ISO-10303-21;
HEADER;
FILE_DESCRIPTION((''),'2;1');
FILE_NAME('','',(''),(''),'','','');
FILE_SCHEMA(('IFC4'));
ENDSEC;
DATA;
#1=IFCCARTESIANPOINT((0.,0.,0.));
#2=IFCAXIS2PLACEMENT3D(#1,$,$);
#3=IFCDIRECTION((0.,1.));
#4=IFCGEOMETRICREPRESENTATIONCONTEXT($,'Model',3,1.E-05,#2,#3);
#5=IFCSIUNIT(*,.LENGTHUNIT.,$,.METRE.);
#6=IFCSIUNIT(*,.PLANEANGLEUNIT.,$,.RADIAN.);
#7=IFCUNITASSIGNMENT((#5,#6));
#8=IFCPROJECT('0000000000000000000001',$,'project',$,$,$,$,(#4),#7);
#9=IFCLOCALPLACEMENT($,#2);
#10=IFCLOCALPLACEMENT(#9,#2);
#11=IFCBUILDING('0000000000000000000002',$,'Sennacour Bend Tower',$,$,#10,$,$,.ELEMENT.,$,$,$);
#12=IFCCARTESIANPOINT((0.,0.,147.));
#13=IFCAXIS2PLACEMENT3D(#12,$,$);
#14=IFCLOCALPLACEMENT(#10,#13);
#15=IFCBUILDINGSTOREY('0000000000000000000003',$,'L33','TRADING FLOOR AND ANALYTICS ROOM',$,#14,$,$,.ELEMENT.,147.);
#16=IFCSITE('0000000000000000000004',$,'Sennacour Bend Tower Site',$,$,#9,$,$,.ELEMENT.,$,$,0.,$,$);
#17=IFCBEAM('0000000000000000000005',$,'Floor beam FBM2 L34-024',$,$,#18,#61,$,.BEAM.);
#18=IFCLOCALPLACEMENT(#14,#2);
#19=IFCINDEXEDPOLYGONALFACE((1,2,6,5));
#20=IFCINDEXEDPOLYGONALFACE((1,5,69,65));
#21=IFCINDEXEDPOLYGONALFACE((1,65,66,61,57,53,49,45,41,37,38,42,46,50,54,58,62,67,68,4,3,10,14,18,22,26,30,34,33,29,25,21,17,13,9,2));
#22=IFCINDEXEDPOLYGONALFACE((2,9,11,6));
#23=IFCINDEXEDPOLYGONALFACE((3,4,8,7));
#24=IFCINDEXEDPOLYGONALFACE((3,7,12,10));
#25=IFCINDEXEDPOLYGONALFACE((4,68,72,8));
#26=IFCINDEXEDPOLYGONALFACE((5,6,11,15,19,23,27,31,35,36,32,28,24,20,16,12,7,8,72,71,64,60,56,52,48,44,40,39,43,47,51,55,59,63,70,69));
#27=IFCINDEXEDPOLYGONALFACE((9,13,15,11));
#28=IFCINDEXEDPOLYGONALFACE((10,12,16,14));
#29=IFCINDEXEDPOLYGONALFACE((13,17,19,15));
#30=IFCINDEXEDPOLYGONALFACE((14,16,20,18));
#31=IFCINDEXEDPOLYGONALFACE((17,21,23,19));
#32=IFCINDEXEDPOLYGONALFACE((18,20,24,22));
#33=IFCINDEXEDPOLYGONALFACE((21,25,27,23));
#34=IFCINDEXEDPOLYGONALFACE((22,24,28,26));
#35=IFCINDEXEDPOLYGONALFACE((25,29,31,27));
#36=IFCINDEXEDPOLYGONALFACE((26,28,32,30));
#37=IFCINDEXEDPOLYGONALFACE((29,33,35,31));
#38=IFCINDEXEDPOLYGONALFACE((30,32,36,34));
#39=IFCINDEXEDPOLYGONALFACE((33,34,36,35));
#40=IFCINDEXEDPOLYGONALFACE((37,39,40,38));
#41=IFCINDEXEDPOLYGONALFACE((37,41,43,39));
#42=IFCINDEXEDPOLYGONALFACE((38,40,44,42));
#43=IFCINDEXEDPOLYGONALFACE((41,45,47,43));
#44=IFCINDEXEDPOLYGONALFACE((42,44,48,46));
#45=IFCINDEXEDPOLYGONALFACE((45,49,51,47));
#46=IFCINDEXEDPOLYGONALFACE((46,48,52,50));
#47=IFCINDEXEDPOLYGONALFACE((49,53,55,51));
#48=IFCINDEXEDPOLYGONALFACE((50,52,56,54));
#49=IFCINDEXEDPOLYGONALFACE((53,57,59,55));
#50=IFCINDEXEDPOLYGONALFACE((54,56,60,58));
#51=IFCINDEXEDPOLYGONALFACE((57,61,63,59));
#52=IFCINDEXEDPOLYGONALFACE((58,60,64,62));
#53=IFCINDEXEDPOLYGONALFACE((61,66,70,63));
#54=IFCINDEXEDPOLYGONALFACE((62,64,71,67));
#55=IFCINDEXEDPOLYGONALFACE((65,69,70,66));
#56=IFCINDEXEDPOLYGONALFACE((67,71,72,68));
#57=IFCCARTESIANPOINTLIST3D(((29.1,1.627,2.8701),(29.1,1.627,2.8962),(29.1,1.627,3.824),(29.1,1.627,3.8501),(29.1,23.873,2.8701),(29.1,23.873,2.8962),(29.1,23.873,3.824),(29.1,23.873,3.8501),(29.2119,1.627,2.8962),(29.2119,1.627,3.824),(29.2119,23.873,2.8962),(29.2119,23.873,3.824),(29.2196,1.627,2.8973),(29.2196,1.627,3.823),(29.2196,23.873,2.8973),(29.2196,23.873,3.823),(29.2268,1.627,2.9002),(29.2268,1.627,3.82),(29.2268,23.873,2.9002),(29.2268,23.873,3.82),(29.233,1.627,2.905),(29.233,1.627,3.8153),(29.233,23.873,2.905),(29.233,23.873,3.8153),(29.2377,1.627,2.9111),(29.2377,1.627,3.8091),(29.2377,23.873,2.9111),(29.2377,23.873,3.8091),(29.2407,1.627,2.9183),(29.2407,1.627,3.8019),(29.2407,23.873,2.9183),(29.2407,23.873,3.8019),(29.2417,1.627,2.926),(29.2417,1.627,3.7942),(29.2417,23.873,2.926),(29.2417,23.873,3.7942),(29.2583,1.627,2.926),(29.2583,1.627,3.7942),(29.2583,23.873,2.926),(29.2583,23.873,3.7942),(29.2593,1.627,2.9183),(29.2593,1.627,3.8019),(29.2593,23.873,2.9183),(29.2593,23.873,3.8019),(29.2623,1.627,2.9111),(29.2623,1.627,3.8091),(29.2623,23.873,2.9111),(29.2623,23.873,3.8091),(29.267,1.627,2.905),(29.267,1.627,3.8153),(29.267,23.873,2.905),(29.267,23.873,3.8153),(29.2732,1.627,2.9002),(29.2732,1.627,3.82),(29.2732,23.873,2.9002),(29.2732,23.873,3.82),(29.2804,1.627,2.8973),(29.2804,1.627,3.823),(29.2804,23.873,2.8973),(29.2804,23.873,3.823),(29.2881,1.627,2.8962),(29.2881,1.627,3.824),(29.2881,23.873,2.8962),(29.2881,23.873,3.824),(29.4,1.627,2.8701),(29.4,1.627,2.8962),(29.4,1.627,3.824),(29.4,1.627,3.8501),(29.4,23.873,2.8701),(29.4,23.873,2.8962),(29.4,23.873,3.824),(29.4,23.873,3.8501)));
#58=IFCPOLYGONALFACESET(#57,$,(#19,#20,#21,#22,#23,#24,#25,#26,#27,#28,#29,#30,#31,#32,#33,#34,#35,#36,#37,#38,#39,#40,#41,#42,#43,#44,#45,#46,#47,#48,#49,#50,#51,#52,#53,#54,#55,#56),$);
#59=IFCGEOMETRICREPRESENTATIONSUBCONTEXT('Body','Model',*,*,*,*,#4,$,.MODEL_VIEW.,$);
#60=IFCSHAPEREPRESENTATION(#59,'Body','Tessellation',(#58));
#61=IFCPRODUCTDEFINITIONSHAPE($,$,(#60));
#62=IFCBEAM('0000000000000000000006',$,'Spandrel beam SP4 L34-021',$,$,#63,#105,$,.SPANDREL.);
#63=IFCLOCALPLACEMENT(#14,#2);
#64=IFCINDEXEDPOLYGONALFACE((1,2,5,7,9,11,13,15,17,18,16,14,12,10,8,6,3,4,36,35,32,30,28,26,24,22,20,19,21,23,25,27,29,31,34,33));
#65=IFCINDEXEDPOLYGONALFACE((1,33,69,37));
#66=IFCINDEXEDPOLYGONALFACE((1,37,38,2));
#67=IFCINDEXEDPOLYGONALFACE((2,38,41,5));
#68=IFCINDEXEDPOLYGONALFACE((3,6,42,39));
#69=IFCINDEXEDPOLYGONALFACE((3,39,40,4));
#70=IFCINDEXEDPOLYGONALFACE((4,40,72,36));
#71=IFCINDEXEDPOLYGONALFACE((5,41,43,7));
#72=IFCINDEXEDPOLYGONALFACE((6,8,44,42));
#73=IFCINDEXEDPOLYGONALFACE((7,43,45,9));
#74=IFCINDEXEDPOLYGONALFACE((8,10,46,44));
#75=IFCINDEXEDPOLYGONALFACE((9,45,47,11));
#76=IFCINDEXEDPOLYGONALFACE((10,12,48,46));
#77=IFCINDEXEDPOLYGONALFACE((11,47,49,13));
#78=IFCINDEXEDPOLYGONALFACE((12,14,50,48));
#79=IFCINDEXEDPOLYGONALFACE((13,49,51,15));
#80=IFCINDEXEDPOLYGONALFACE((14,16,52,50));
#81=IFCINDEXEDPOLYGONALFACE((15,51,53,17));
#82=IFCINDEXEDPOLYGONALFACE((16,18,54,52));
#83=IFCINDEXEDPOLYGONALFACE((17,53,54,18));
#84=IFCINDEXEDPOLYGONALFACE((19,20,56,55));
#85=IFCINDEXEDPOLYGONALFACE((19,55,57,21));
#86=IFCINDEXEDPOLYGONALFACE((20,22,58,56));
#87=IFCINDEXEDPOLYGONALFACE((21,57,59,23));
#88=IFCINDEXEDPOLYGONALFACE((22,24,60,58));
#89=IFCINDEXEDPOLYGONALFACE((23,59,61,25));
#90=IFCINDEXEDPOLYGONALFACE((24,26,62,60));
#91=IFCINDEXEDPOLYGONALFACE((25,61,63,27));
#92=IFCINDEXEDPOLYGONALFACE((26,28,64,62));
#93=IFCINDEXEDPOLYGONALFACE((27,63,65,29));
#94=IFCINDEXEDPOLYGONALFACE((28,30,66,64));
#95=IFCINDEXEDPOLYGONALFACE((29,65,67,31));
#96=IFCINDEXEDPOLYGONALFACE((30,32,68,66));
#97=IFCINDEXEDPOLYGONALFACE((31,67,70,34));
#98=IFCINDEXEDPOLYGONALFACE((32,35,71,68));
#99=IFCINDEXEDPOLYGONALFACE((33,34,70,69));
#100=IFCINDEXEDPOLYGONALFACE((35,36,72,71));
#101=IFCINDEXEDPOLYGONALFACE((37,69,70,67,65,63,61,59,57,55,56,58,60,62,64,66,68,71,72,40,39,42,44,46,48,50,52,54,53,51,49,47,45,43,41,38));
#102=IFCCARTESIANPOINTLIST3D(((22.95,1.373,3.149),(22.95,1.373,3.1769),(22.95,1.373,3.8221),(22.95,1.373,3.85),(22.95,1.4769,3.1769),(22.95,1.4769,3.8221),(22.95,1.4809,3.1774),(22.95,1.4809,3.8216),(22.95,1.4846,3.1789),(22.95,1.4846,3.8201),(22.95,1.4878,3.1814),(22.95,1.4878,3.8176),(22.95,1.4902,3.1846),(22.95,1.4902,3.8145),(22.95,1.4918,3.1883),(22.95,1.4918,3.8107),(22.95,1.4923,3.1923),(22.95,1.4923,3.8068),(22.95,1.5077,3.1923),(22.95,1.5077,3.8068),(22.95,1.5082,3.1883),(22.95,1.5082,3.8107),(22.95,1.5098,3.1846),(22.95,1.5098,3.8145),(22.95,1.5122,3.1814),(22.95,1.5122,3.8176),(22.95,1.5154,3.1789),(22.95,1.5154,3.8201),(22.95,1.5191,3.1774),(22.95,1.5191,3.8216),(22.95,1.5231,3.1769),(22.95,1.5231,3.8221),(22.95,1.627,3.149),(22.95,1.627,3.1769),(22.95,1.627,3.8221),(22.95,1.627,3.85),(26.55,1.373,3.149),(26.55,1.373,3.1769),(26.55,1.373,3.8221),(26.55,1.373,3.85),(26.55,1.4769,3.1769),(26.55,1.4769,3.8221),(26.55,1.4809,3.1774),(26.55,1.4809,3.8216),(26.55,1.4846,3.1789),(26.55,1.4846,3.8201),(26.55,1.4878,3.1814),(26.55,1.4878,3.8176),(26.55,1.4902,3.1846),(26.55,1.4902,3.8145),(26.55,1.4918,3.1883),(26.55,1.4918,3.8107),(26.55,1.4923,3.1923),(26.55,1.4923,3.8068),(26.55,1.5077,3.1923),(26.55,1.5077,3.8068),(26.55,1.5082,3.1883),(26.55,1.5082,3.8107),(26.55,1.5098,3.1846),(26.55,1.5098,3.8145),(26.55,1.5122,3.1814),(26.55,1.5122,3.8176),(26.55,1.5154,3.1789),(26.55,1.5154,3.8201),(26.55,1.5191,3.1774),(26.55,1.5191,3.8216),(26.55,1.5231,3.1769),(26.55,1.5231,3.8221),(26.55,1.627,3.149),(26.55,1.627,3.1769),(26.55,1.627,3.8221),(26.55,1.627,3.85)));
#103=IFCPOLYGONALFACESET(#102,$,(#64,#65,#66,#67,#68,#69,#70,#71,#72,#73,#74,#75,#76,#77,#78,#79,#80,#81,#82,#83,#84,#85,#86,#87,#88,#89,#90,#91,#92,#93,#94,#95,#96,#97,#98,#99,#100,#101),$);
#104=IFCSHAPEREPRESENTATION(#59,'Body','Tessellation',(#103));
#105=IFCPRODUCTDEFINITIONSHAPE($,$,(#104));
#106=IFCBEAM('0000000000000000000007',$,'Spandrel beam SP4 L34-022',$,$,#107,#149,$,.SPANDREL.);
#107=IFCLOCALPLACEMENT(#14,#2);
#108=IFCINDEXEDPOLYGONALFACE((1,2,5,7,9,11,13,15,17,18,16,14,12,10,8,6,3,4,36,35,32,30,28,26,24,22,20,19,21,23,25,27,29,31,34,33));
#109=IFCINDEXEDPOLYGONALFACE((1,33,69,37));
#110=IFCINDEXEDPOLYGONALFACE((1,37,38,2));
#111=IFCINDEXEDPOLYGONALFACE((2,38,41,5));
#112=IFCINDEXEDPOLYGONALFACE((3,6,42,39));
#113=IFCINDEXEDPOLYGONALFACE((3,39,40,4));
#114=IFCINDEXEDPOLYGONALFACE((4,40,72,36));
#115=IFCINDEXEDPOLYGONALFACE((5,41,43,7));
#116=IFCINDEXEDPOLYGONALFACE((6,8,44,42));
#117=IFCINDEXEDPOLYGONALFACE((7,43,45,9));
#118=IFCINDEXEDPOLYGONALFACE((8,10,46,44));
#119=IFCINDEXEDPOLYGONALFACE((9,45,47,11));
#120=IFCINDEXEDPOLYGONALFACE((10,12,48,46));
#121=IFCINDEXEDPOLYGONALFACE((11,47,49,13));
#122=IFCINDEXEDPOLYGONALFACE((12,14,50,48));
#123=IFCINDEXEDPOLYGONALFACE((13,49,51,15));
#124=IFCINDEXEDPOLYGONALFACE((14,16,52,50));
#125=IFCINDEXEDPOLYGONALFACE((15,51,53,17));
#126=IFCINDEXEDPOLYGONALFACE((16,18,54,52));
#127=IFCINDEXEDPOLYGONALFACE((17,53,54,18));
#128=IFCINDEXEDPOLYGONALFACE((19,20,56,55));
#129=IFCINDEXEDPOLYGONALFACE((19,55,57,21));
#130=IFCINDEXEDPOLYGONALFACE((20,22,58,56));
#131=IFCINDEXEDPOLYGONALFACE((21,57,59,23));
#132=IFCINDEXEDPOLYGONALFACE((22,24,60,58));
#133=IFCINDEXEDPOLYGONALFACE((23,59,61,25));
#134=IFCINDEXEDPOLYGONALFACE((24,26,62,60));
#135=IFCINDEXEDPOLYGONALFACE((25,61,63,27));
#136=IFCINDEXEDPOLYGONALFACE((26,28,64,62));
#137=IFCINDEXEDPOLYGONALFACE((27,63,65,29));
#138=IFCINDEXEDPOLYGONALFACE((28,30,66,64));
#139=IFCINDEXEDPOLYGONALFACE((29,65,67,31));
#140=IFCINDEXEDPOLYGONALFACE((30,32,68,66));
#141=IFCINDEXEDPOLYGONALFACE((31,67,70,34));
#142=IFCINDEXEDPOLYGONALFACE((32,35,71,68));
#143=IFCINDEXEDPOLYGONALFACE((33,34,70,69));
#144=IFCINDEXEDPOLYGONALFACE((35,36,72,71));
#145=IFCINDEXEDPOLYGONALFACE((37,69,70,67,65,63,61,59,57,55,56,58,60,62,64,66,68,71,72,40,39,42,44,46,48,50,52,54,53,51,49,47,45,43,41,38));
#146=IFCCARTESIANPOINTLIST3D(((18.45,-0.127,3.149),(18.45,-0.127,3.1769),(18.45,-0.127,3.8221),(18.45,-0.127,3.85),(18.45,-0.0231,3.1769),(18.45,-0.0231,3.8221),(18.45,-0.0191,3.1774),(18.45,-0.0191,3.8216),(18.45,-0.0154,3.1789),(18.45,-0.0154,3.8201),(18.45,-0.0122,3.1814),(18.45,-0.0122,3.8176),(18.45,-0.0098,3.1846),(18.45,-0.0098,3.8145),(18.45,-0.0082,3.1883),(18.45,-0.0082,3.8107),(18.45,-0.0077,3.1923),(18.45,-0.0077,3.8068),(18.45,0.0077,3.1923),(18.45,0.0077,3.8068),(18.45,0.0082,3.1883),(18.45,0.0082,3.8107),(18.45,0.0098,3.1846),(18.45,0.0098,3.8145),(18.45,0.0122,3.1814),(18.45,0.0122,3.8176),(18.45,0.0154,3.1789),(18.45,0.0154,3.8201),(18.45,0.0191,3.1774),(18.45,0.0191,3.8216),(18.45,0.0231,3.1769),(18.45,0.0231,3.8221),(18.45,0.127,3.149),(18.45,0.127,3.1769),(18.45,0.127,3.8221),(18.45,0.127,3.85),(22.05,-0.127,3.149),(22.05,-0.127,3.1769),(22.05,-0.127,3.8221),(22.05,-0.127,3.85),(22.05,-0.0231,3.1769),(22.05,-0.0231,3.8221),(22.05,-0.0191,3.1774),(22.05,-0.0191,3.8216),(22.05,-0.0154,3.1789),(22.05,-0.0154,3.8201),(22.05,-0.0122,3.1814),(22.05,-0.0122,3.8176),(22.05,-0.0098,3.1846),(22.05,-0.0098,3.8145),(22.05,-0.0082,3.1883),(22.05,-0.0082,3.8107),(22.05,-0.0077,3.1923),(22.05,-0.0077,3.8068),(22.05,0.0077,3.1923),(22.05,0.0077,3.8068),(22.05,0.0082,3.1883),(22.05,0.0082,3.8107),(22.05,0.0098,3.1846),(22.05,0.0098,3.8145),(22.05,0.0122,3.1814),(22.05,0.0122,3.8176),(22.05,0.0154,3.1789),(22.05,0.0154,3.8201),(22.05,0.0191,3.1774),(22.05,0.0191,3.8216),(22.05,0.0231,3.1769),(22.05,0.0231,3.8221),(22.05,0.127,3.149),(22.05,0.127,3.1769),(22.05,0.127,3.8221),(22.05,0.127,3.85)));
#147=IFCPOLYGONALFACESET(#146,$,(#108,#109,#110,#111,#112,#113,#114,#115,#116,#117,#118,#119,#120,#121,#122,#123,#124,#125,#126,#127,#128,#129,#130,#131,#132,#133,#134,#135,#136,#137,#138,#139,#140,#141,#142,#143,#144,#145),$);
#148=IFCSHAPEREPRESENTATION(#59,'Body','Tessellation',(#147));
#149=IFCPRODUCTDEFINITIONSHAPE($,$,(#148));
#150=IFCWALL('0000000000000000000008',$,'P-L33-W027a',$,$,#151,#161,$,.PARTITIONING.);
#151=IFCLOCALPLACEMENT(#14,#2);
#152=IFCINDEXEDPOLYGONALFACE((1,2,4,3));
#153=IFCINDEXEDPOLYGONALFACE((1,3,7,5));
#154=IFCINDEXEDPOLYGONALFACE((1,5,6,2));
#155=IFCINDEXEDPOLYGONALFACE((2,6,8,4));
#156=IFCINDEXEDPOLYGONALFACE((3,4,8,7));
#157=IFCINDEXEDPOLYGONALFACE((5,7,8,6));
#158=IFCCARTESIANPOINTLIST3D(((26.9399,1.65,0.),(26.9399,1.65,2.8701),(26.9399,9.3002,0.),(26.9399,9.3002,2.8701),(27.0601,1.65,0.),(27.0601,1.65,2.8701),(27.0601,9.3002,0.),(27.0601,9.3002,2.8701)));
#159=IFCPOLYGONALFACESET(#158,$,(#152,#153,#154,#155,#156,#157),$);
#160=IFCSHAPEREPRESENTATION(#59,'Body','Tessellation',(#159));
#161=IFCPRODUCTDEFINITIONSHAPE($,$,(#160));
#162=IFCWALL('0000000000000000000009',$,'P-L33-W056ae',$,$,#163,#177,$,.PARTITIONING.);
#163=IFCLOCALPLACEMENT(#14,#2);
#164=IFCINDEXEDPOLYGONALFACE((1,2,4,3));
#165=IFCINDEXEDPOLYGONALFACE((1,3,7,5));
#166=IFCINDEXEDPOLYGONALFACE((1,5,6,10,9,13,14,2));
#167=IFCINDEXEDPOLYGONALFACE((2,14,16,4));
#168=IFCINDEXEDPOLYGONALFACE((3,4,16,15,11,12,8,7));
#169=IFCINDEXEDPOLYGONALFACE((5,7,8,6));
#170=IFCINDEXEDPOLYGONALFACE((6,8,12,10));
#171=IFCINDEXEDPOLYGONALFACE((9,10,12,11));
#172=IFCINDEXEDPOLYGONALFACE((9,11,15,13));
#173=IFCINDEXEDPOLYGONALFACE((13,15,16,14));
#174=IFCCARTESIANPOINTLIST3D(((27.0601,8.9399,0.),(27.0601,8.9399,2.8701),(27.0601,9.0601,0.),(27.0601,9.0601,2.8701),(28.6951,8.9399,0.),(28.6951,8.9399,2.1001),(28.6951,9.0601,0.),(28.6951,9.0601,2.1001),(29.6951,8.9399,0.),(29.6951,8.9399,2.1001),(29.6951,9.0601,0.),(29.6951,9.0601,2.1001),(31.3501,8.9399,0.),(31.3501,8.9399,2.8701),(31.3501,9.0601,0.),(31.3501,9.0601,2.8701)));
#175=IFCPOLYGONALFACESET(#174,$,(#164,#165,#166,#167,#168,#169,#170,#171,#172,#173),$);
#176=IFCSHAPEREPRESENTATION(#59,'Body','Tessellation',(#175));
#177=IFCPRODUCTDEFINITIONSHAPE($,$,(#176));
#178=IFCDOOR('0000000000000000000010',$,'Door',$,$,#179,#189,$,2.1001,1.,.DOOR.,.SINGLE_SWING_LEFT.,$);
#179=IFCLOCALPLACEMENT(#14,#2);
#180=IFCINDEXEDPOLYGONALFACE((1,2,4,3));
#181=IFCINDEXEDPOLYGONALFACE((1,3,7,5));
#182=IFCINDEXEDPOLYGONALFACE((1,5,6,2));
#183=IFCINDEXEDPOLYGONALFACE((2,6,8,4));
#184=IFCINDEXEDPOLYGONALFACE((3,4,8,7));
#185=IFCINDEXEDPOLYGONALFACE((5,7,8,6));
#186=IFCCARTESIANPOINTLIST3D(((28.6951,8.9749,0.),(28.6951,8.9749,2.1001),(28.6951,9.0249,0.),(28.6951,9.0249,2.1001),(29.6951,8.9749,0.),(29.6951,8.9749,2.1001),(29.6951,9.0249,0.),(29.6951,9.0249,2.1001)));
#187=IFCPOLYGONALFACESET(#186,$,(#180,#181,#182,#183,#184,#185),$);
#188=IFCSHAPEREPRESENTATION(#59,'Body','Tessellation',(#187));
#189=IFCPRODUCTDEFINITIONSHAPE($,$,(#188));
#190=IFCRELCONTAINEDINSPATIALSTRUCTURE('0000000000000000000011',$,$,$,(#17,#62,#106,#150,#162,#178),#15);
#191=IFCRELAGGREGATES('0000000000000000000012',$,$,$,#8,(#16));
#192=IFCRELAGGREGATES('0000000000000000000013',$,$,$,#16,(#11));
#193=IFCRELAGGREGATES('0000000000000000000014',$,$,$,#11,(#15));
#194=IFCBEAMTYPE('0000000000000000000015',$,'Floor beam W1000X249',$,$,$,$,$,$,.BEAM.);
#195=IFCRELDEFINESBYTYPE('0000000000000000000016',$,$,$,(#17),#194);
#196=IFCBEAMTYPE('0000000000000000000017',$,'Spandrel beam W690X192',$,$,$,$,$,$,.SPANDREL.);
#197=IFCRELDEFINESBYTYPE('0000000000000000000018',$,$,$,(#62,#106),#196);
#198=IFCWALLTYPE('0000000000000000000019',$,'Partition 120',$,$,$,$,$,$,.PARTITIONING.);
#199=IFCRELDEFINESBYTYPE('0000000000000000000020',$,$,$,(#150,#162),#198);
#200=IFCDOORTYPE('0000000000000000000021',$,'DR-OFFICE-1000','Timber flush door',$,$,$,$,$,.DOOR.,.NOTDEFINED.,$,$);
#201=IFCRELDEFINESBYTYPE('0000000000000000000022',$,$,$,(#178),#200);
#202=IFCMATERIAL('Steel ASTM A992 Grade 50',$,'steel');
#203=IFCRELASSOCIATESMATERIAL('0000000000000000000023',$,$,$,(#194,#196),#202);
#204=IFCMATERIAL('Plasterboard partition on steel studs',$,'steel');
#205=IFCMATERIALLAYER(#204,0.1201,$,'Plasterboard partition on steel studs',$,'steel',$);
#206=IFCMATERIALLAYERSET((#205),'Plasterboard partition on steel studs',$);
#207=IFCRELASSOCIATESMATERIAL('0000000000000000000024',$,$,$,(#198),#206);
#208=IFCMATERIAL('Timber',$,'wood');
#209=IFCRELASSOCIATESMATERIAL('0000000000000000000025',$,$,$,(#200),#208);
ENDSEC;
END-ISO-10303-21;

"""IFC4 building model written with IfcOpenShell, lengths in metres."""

from ifc_helpers import new_model, si_unit, direction, frame, frame_2d, origin, origin_2d, place, context, subcontext, project, spatial, rectangle, i_section, extrude, material, layer, layer_set, material_profile, profile_set, type_object, element, fill, save


model = new_model("IFC4")

# Units and contexts
model_context = context("Model", 3, precision=1e-05, world=origin(), true_north=direction((0.0, 1.0)))
body_context = subcontext(model_context, "Body", "Model", "MODEL_VIEW")
ifc_project = project(units=[si_unit("LENGTHUNIT", "METRE"), si_unit("PLANEANGLEUNIT", "RADIAN")], contexts=[model_context])

# Site, building, storey
site_placement = place(None, origin())
site = spatial("IfcSite", under=ifc_project, at=site_placement, Name="Sennacour Bend Tower Site", CompositionType="ELEMENT", RefElevation=0.0)
building_placement = place(site_placement, origin())
building = spatial("IfcBuilding", under=site, at=building_placement, Name="Sennacour Bend Tower", CompositionType="ELEMENT")
storey_placement = place(building_placement, frame((0.0, 0.0, 147.0)))
storey = spatial("IfcBuildingStorey", under=building, at=storey_placement, Name="L33", Description="TRADING FLOOR AND ANALYTICS ROOM", CompositionType="ELEMENT", Elevation=147.0)

# Beams
ifc_material_1 = material(Name="Steel ASTM A992 Grade 50", Category="steel")
ifc_material_profile_1 = material_profile(ifc_material_1, i_section(OverallWidth=0.3, OverallDepth=0.98, WebThickness=0.0166, FlangeThickness=0.0261, FilletRadius=0.0298, at=origin_2d()), Name="Steel ASTM A992 Grade 50", Category="steel")
ifc_profile_set_1 = profile_set([ifc_material_profile_1], Name="Steel ASTM A992 Grade 50")
beam_type_1 = type_object("IfcBeamType", Name="Floor beam W1000X249", PredefinedType="BEAM", material=ifc_profile_set_1)
beam_1_placement = place(storey_placement, frame((29.25, 1.627, 3.3601), z_axis=(0.0, 1.0, 0.0), x_axis=(-1.0, 0.0, 0.0)))
element("IfcBeam", 1, at=beam_1_placement, inside=storey, type_object=beam_type_1, Name="Floor beam FBM2 L34-024", PredefinedType="BEAM", context=body_context, shape_type="SweptSolid", body=[
    extrude(i_section(OverallWidth=0.3, OverallDepth=0.98, WebThickness=0.0166, FlangeThickness=0.0261, FilletRadius=0.0298, at=origin_2d()), origin(), (0.0, 0.0, 1.0), 22.2461),
])
ifc_material_profile_2 = material_profile(ifc_material_1, i_section(OverallWidth=0.2539, OverallDepth=0.7009, WebThickness=0.0154, FlangeThickness=0.0278, FilletRadius=0.0154, at=origin_2d()), Name="Steel ASTM A992 Grade 50", Category="steel")
ifc_profile_set_2 = profile_set([ifc_material_profile_2], Name="Steel ASTM A992 Grade 50")
beam_type_2 = type_object("IfcBeamType", Name="Spandrel beam W690X192", PredefinedType="SPANDREL", material=ifc_profile_set_2)
for number, where, z_axis, x_axis, name in (
    (2, (26.55, 1.5, 3.4995), (-1.0, 0.0, 0.0), (0.0, -1.0, 0.0), "Spandrel beam SP4 L34-021"),
    (3, (22.05, 0.0, 3.4995), (-1.0, 0.0, 0.0), (0.0, -1.0, 0.0), "Spandrel beam SP4 L34-022"),
):
    element("IfcBeam", number, at=place(storey_placement, frame(where, z_axis=z_axis, x_axis=x_axis)), inside=storey, type_object=beam_type_2, Name=name, PredefinedType="SPANDREL", context=body_context, shape_type="SweptSolid", body=[
        extrude(i_section(OverallWidth=0.2539, OverallDepth=0.7009, WebThickness=0.0154, FlangeThickness=0.0278, FilletRadius=0.0154, at=origin_2d()), origin(), (0.0, 0.0, 1.0), 3.6001),
    ])

# Wall
ifc_material_2 = material(Name="Plasterboard partition on steel studs", Category="steel")
ifc_layer_1 = layer(ifc_material_2, 0.1201, Name="Plasterboard partition on steel studs", Category="steel")
ifc_layer_set_1 = layer_set([ifc_layer_1], Name="Plasterboard partition on steel studs")
wall_type_1 = type_object("IfcWallType", Name="Partition 120", PredefinedType="PARTITIONING", material=ifc_layer_set_1)
wall_1_placement = place(storey_placement, frame((27.0, 1.6499, 0.0), z_axis=(0.0, 0.0, 1.0), x_axis=(0.0, 1.0, 0.0)))
element("IfcWall", 4, at=wall_1_placement, inside=storey, type_object=wall_type_1, Name="P-L33-W027a", PredefinedType="PARTITIONING", context=body_context, shape_type="SweptSolid", body=[
    extrude(rectangle(XDim=7.6501, YDim=0.1201, at=frame_2d((3.8252, 0.0))), origin(), (0.0, 0.0, 1.0), 2.8701),
])

# Wall, opening, door
wall_2_placement = place(storey_placement, frame((27.0601, 9.0, 0.0), z_axis=(0.0, 0.0, 1.0), x_axis=(1.0, 0.0, 0.0)))
wall_2 = element("IfcWall", 5, at=wall_2_placement, inside=storey, type_object=wall_type_1, Name="P-L33-W056ae", PredefinedType="PARTITIONING", context=body_context, shape_type="SweptSolid", body=[
    extrude(rectangle(XDim=4.29, YDim=0.1201, at=frame_2d((2.145, 0.0))), origin(), (0.0, 0.0, 1.0), 2.8701),
])
opening_1_placement = place(wall_2_placement, frame((1.635, 0.0, 0.0)))
opening_1 = element("IfcOpeningElement", 6, at=opening_1_placement, cuts=wall_2, PredefinedType="OPENING", context=body_context, shape_type="SweptSolid", body=[
    extrude(rectangle(XDim=1.0, YDim=2.1001, at=frame_2d((0.5, 1.05))), frame((0.0, 0.0701, 0.0), z_axis=(0.0, -1.0, 0.0), x_axis=(1.0, 0.0, 0.0)), (0.0, 0.0, 1.0), 0.1401),
])
ifc_material_3 = material(Name="Timber", Category="wood")
door_type = type_object("IfcDoorType", Name="DR-OFFICE-1000", Description="Timber flush door", OperationType="NOTDEFINED", PredefinedType="DOOR", material=ifc_material_3)
door_placement = place(opening_1_placement, origin())
door = element("IfcDoor", 7, at=door_placement, inside=storey, type_object=door_type, Name="Door", OperationType="SINGLE_SWING_LEFT", OverallHeight=2.1001, OverallWidth=1.0, PredefinedType="DOOR", context=body_context, shape_type="SweptSolid", body=[
    extrude(rectangle(XDim=1.0, YDim=2.1001, at=frame_2d((0.5, 1.05))), frame((0.0, 0.0249, 0.0), z_axis=(0.0, -1.0, 0.0), x_axis=(1.0, 0.0, 0.0)), (0.0, 0.0, 1.0), 0.05),
])
fill(opening_1, door)

save(model, "model.ifc")
